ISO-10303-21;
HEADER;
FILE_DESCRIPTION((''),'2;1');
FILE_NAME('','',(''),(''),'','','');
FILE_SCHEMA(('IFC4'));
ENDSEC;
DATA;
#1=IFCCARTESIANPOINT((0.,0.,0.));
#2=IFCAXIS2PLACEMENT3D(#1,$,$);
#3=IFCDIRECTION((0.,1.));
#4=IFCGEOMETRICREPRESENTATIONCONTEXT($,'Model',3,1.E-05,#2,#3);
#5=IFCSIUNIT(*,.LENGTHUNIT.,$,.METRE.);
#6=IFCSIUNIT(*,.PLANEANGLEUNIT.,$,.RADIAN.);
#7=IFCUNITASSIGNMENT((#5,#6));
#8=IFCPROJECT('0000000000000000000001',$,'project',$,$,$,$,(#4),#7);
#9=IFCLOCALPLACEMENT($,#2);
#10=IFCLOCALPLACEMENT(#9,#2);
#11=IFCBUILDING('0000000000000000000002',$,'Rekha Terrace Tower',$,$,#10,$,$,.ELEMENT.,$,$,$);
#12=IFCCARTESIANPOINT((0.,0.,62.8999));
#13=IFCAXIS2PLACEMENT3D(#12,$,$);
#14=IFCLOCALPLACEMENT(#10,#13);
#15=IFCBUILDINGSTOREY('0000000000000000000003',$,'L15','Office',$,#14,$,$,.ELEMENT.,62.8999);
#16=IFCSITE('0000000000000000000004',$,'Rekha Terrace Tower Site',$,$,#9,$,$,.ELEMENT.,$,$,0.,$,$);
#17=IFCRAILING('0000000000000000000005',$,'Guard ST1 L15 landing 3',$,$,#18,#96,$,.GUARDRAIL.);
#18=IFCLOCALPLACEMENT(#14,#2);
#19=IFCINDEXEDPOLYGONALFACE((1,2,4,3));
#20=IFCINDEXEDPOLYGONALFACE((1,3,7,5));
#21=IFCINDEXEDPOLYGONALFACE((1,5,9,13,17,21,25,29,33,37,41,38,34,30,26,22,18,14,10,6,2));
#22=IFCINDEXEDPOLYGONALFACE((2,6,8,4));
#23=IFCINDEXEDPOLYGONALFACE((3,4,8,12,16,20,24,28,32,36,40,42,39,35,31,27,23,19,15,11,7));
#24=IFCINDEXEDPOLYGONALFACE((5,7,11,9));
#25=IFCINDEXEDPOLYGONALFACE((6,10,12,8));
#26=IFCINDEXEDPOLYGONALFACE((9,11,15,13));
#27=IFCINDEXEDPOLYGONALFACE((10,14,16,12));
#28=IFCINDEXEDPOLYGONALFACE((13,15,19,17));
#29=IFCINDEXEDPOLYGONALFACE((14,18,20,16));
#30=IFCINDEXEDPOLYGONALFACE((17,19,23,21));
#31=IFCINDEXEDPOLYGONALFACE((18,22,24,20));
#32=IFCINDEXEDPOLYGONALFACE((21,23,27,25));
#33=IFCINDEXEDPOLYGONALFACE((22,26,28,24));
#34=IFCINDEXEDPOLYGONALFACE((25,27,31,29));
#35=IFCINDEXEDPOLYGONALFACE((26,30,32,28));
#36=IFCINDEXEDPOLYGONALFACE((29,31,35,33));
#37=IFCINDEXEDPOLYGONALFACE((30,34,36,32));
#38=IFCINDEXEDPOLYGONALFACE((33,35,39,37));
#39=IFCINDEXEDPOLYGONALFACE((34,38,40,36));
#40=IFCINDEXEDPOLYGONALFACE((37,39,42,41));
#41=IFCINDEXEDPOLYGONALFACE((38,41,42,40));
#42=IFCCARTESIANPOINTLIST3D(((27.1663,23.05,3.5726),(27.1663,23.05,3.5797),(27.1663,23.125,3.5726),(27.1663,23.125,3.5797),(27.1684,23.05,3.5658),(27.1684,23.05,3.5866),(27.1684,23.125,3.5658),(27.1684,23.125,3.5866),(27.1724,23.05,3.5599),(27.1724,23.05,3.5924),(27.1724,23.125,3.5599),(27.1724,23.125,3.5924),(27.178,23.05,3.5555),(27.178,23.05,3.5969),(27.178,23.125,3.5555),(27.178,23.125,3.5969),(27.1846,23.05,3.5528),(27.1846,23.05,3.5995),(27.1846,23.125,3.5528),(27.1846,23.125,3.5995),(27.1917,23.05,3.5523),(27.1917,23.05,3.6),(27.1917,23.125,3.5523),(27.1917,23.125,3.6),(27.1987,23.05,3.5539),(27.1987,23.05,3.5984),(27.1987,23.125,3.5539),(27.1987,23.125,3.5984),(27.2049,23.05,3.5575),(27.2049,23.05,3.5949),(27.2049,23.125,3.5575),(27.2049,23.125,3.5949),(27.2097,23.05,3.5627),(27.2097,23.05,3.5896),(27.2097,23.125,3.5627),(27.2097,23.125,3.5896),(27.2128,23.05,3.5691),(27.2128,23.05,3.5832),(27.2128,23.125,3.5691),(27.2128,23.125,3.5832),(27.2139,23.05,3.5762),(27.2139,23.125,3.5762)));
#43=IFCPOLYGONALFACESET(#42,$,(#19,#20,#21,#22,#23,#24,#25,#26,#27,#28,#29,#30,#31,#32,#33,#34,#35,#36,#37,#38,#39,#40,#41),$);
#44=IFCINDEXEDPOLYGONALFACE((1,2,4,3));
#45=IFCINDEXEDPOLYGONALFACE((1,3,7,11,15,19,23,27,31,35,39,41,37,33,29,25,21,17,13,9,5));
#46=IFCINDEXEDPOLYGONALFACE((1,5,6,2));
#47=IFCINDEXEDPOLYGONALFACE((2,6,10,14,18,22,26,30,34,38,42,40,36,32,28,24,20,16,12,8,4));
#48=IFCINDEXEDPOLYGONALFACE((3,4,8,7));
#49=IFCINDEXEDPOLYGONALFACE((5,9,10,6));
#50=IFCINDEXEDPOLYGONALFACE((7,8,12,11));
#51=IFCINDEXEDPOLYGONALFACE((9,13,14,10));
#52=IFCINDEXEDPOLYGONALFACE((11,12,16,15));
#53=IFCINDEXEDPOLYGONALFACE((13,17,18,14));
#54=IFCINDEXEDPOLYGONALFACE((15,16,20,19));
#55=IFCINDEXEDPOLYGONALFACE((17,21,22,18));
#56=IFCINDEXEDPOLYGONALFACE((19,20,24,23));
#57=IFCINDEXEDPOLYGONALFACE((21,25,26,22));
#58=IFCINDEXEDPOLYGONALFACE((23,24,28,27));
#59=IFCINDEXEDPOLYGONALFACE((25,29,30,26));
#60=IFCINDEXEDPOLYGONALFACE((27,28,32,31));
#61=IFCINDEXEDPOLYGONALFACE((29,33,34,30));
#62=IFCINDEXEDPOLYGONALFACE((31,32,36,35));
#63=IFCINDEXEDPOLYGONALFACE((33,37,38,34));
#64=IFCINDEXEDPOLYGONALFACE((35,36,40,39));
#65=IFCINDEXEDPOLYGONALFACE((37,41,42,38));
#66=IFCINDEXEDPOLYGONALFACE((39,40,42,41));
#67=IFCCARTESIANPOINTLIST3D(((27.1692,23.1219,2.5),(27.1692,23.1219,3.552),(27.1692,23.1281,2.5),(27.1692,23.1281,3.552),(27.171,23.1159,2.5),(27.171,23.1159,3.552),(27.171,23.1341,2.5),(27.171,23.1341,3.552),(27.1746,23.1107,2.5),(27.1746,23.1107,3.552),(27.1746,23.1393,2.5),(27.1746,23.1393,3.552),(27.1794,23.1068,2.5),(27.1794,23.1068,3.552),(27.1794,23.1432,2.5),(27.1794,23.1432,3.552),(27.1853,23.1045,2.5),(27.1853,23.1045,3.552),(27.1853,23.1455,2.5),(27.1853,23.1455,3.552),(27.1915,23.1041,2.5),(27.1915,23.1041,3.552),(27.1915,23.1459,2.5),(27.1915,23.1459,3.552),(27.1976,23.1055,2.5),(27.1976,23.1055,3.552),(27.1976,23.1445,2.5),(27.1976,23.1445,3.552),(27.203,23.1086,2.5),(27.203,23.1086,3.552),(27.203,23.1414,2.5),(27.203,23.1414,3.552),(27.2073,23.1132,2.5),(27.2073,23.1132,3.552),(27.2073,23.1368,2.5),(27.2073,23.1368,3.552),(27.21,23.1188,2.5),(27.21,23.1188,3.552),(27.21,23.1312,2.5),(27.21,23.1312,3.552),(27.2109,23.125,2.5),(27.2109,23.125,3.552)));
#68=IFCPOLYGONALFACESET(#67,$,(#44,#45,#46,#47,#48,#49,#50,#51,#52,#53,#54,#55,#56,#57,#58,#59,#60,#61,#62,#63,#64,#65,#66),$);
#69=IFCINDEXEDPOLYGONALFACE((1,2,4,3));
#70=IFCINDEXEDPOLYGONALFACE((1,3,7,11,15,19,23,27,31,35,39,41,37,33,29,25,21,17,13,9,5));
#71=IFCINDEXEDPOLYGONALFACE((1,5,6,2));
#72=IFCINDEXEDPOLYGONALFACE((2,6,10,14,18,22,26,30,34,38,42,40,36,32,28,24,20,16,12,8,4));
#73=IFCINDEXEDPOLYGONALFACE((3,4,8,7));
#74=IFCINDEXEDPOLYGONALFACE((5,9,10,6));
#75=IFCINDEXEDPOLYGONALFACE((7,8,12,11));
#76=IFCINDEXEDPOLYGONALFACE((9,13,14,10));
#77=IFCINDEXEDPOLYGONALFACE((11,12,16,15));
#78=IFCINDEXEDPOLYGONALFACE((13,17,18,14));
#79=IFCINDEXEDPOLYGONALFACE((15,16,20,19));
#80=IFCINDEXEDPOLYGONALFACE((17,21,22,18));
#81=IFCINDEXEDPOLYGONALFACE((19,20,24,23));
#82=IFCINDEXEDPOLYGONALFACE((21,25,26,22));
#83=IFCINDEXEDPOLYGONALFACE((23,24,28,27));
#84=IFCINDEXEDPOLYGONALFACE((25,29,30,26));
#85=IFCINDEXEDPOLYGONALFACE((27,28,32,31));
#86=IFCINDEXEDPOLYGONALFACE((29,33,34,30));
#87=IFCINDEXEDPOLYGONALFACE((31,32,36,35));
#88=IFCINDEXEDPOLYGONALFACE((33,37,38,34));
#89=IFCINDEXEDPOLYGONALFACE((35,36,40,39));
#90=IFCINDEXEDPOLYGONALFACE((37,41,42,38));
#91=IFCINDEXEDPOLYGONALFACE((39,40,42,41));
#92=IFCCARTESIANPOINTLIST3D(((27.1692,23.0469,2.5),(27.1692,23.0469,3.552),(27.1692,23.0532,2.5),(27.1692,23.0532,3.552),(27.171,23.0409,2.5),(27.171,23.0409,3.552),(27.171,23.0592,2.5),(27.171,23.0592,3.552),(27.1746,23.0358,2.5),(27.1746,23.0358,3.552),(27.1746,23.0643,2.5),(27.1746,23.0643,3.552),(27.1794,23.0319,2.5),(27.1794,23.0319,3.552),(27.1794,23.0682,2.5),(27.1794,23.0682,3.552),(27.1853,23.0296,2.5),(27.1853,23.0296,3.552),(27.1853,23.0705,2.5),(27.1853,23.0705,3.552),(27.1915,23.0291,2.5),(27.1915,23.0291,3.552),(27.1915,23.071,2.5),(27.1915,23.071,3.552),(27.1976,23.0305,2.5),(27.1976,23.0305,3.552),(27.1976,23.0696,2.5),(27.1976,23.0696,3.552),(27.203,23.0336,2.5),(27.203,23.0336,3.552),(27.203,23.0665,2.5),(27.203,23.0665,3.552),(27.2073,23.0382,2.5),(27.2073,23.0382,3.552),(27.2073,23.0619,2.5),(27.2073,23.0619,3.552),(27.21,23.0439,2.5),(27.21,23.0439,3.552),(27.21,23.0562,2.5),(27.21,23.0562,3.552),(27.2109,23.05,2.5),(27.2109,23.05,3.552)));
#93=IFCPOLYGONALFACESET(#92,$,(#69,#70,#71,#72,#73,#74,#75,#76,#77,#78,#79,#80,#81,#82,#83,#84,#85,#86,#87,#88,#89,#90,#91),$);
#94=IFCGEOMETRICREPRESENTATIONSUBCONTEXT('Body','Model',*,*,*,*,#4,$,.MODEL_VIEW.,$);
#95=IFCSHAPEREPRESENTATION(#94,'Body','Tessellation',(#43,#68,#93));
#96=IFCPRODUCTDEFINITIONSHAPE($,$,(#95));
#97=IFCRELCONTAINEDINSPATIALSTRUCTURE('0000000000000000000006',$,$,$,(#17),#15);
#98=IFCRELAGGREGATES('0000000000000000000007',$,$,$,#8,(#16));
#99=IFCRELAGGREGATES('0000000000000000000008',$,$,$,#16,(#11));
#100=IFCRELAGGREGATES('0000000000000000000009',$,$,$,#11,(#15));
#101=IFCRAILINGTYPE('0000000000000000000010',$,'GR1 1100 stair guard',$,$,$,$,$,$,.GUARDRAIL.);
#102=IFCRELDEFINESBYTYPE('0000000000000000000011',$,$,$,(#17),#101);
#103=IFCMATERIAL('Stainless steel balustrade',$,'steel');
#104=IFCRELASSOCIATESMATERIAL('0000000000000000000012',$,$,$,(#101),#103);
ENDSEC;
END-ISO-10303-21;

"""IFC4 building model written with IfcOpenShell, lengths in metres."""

from ifc_helpers import new_model, si_unit, direction, frame, origin, origin_2d, place, context, subcontext, project, spatial, circle, extrude, material, type_object, element, save


model = new_model("IFC4")

# Units and contexts
model_context = context("Model", 3, precision=1e-05, world=origin(), true_north=direction((0.0, 1.0)))
body_context = subcontext(model_context, "Body", "Model", "MODEL_VIEW")
ifc_project = project(units=[si_unit("LENGTHUNIT", "METRE"), si_unit("PLANEANGLEUNIT", "RADIAN")], contexts=[model_context])

# Site, building, storey
site_placement = place(None, origin())
site = spatial("IfcSite", under=ifc_project, at=site_placement, Name="Rekha Terrace Tower Site", CompositionType="ELEMENT", RefElevation=0.0)
building_placement = place(site_placement, origin())
building = spatial("IfcBuilding", under=site, at=building_placement, Name="Rekha Terrace Tower", CompositionType="ELEMENT")
storey_placement = place(building_placement, frame((0.0, 0.0, 62.8999)))
storey = spatial("IfcBuildingStorey", under=building, at=storey_placement, Name="L15", Description="Office", CompositionType="ELEMENT", Elevation=62.8999)

# Railing
ifc_material_1 = material(Name="Stainless steel balustrade", Category="steel")
railing_type_1 = type_object("IfcRailingType", Name="GR1 1100 stair guard", PredefinedType="GUARDRAIL", material=ifc_material_1)
railing_1_placement = place(storey_placement, frame((27.1899, 23.125, 2.5)))
element("IfcRailing", 1, at=railing_1_placement, inside=storey, type_object=railing_type_1, Name="Guard ST1 L15 landing 3", PredefinedType="GUARDRAIL", context=body_context, shape_type="SweptSolid", body=[
    extrude(circle(Radius=0.0239, at=origin_2d()), frame((0.0, 0.0, 1.0762), z_axis=(0.0, -1.0, 0.0), x_axis=(1.0, 0.0, 0.0)), (0.0, 0.0, 1.0), 0.075),
    extrude(circle(Radius=0.021, at=origin_2d()), origin(), (0.0, 0.0, 1.0), 1.052),
    extrude(circle(Radius=0.021, at=origin_2d()), frame((0.0, -0.075, 0.0)), (0.0, 0.0, 1.0), 1.052),
])

save(model, "model.ifc")
